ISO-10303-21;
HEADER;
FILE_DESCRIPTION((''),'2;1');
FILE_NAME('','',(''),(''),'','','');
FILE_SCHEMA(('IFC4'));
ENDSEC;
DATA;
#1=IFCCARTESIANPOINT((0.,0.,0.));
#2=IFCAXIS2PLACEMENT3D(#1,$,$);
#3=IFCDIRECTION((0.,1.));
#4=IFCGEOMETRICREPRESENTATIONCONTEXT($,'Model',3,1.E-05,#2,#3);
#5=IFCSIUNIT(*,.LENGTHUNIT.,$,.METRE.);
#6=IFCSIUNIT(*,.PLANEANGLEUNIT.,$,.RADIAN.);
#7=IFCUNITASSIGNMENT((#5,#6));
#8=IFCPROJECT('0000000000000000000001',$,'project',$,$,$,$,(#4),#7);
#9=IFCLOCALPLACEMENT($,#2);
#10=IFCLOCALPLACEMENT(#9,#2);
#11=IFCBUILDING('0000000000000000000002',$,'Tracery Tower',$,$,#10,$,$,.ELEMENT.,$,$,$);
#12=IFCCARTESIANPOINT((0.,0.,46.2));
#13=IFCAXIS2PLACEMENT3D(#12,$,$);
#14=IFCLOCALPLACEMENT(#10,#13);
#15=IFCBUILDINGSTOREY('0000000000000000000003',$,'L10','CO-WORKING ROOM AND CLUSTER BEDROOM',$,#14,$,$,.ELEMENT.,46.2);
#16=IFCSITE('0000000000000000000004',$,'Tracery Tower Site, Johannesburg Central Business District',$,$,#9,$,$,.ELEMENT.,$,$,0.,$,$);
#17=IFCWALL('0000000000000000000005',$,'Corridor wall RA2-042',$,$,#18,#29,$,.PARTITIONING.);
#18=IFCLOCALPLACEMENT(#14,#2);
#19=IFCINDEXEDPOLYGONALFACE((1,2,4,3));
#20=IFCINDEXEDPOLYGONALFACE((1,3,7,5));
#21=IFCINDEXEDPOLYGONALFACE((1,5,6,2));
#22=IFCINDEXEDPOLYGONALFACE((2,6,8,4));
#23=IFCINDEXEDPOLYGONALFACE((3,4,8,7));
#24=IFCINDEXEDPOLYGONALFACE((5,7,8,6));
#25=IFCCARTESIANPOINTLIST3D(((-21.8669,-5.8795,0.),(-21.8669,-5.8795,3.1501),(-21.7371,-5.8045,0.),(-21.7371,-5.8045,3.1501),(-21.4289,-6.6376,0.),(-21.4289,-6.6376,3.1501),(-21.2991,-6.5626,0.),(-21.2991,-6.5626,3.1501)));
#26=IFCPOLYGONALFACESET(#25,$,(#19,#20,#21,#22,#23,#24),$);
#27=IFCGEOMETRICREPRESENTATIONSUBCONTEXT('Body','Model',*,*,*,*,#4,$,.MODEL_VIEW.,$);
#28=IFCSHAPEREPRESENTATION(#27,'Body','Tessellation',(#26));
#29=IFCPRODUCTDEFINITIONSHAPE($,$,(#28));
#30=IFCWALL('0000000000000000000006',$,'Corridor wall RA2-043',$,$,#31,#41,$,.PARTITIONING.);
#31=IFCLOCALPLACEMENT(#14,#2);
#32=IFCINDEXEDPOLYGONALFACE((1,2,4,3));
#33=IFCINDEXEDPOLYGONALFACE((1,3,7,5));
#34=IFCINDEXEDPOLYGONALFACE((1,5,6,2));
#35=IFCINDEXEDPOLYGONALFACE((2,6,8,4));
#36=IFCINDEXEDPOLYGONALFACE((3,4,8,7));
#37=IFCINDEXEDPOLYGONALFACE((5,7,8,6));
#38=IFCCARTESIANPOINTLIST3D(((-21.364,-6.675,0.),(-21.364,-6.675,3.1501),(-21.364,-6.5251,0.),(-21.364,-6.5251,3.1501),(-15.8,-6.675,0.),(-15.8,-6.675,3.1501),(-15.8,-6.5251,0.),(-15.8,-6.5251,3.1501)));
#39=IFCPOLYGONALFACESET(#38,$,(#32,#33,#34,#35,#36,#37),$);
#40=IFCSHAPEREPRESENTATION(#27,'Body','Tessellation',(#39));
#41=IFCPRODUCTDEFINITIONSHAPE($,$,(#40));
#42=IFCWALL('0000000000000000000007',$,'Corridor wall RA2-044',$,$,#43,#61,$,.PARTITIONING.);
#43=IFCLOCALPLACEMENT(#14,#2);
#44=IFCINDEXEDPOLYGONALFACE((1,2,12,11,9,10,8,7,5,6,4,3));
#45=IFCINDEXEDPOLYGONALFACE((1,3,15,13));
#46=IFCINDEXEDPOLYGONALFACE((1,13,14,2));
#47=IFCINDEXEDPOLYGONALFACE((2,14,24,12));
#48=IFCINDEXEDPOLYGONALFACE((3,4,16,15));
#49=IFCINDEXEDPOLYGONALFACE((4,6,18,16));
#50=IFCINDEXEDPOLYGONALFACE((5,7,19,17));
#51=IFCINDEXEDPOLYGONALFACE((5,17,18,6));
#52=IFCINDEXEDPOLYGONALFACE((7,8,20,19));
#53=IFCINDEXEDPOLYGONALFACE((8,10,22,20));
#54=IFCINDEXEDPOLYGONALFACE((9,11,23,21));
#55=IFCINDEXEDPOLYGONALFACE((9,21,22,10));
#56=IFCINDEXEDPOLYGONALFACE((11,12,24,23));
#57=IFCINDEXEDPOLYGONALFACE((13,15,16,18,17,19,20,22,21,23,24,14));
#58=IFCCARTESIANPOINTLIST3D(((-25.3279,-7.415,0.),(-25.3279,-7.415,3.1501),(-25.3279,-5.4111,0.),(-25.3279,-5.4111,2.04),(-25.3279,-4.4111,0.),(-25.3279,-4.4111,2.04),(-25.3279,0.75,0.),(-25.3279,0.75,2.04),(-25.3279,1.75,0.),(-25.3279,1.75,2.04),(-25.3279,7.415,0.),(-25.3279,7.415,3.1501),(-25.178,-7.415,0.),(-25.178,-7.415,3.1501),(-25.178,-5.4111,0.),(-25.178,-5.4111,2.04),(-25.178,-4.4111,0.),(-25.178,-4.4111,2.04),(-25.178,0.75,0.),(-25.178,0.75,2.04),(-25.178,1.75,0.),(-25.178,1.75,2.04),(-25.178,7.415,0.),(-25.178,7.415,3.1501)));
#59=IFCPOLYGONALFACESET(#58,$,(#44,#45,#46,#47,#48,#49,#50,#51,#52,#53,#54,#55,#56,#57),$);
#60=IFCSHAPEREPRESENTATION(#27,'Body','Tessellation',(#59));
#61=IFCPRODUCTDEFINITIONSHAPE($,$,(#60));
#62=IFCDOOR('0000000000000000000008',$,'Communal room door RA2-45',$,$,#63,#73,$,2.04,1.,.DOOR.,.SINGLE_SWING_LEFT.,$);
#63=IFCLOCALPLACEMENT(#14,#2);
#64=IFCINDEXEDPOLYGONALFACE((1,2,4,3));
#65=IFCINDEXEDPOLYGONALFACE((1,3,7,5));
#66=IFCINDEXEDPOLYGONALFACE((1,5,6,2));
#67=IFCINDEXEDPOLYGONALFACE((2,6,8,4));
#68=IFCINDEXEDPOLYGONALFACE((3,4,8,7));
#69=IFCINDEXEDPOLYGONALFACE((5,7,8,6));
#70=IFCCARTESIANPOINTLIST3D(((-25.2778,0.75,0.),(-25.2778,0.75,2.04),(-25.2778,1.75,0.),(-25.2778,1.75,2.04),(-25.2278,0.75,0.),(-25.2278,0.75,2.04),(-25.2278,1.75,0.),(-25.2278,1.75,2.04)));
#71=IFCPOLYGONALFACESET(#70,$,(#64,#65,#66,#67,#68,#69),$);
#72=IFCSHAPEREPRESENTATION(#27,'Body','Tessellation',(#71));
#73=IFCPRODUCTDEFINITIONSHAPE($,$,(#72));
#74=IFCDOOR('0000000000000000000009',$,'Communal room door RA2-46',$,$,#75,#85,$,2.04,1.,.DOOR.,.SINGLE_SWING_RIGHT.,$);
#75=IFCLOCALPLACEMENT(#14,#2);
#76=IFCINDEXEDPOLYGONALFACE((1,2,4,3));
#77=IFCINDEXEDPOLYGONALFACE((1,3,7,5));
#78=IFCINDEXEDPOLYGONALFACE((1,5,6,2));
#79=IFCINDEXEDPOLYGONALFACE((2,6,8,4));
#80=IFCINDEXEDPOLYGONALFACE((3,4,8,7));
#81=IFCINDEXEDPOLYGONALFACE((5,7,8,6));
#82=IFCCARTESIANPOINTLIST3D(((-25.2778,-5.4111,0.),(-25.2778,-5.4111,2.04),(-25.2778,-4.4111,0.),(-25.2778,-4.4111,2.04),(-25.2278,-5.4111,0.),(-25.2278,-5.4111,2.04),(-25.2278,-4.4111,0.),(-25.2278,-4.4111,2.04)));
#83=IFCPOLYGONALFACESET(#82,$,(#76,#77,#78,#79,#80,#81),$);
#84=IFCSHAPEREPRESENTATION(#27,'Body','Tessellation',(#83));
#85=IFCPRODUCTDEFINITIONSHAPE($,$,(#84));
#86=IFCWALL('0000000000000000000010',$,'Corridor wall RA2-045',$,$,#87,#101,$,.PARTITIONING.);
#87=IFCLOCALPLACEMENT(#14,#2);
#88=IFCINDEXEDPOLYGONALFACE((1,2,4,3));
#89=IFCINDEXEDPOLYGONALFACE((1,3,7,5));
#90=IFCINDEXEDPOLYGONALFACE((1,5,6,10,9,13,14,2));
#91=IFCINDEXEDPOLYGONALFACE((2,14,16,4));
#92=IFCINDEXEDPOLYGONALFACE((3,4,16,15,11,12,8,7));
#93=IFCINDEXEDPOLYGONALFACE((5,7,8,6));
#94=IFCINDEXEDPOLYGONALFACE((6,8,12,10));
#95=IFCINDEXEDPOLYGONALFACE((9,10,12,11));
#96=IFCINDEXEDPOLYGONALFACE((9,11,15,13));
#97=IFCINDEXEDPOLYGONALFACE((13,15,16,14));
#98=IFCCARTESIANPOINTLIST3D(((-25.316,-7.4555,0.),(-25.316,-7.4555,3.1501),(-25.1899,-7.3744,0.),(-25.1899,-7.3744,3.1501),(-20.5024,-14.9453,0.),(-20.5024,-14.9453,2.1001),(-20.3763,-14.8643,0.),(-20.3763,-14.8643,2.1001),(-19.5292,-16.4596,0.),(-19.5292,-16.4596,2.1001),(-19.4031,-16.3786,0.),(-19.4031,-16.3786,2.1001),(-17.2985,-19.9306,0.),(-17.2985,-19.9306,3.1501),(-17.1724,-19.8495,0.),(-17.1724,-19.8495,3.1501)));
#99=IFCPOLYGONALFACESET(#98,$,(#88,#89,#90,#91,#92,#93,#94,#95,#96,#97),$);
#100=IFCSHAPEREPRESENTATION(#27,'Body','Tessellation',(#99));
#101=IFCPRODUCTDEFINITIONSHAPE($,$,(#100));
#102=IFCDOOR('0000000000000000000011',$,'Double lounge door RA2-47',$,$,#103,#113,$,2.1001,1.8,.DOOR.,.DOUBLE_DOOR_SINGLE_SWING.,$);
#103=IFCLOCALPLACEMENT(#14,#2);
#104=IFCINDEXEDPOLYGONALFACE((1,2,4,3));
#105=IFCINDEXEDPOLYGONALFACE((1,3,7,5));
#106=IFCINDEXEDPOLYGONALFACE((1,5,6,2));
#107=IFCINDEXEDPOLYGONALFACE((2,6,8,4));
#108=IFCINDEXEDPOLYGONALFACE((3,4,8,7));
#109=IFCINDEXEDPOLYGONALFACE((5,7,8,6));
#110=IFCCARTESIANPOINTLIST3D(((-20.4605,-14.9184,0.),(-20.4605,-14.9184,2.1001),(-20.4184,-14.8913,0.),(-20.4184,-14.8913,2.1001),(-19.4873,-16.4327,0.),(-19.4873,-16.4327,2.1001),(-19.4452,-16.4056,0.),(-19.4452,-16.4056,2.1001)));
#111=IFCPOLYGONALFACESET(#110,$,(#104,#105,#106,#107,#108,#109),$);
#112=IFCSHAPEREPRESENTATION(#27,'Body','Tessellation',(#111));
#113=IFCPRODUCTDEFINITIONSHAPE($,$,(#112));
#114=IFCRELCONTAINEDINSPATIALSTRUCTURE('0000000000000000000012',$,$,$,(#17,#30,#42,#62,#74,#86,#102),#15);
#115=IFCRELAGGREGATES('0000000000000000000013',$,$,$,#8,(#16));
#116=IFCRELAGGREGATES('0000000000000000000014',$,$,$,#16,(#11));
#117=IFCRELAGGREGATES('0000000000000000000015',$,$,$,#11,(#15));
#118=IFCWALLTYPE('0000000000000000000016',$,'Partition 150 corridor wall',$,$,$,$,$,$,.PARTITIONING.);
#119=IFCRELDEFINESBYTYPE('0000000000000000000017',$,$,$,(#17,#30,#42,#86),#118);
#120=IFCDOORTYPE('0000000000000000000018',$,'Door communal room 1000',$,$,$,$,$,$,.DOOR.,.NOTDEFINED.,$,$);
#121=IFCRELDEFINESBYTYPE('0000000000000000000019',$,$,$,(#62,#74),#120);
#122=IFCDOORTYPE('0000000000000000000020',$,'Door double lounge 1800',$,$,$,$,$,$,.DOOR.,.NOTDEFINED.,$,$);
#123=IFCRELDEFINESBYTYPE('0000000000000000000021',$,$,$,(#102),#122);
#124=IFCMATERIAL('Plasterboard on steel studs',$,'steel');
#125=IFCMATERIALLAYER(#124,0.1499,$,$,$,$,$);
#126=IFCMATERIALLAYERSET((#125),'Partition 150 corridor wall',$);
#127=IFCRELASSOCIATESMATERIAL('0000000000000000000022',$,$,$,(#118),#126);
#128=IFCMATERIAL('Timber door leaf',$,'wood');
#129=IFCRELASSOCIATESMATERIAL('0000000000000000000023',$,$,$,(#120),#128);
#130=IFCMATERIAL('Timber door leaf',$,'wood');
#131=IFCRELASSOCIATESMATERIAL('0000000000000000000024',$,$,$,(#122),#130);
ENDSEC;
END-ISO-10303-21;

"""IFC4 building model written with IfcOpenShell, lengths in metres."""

from ifc_helpers import new_model, si_unit, direction, frame, frame_2d, origin, place, context, subcontext, project, spatial, rectangle, extrude, material, layer, layer_set, type_object, element, fill, save


model = new_model("IFC4")

# Units and contexts
model_context = context("Model", 3, precision=1e-05, world=origin(), true_north=direction((0.0, 1.0)))
body_context = subcontext(model_context, "Body", "Model", "MODEL_VIEW")
ifc_project = project(units=[si_unit("LENGTHUNIT", "METRE"), si_unit("PLANEANGLEUNIT", "RADIAN")], contexts=[model_context])

# Site, building, storey
site_placement = place(None, origin())
site = spatial("IfcSite", under=ifc_project, at=site_placement, Name="Tracery Tower Site, Johannesburg Central Business District", CompositionType="ELEMENT", RefElevation=0.0)
building_placement = place(site_placement, origin())
building = spatial("IfcBuilding", under=site, at=building_placement, Name="Tracery Tower", CompositionType="ELEMENT")
storey_placement = place(building_placement, frame((0.0, 0.0, 46.2)))
storey = spatial("IfcBuildingStorey", under=building, at=storey_placement, Name="L10", Description="CO-WORKING ROOM AND CLUSTER BEDROOM", CompositionType="ELEMENT", Elevation=46.2)

# Shared definitions
ifc_material_1 = material(Name="Plasterboard on steel studs", Category="steel")
ifc_layer_1 = layer(ifc_material_1, 0.1499)
ifc_layer_set_1 = layer_set([ifc_layer_1], Name="Partition 150 corridor wall")
wall_type_1 = type_object("IfcWallType", Name="Partition 150 corridor wall", PredefinedType="PARTITIONING", material=ifc_layer_set_1)

# Walls
wall_1_placement = place(storey_placement, frame((-21.802, -5.842, 0.0), z_axis=(0.0, 0.0, 1.0), x_axis=(0.500278, -0.865865, 0.0)))
element("IfcWall", 1, at=wall_1_placement, inside=storey, type_object=wall_type_1, Name="Corridor wall RA2-042", PredefinedType="PARTITIONING", context=body_context, shape_type="SweptSolid", body=[
    extrude(rectangle(XDim=0.8755, YDim=0.1499, at=frame_2d((0.4377, 0.0))), origin(), (0.0, 0.0, 1.0), 3.1501),
])
wall_2_placement = place(storey_placement, frame((-21.364, -6.6001, 0.0), z_axis=(0.0, 0.0, 1.0), x_axis=(1.0, 0.0, 0.0)))
element("IfcWall", 2, at=wall_2_placement, inside=storey, type_object=wall_type_1, Name="Corridor wall RA2-043", PredefinedType="PARTITIONING", context=body_context, shape_type="SweptSolid", body=[
    extrude(rectangle(XDim=5.564, YDim=0.1499, at=frame_2d((2.782, 0.0))), origin(), (0.0, 0.0, 1.0), 3.1501),
])

# Wall, openings, doors
wall_3_placement = place(storey_placement, frame((-25.2529, -7.415, 0.0), z_axis=(0.0, 0.0, 1.0), x_axis=(0.0, 1.0, 0.0)))
wall_3 = element("IfcWall", 3, at=wall_3_placement, inside=storey, type_object=wall_type_1, Name="Corridor wall RA2-044", PredefinedType="PARTITIONING", context=body_context, shape_type="SweptSolid", body=[
    extrude(rectangle(XDim=14.8301, YDim=0.1499, at=frame_2d((7.415, 0.0))), origin(), (0.0, 0.0, 1.0), 3.1501),
])
opening_1_placement = place(wall_3_placement, frame((8.165, 0.0, 0.0)))
opening_1 = element("IfcOpeningElement", 4, at=opening_1_placement, cuts=wall_3, PredefinedType="OPENING", context=body_context, shape_type="SweptSolid", body=[
    extrude(rectangle(XDim=1.0, YDim=2.04, at=frame_2d((0.5, 1.02))), frame((0.0, 0.075, 0.0), z_axis=(0.0, -1.0, 0.0), x_axis=(1.0, 0.0, 0.0)), (0.0, 0.0, 1.0), 0.1499),
])
opening_2_placement = place(wall_3_placement, frame((2.0039, 0.0, 0.0)))
opening_2 = element("IfcOpeningElement", 5, at=opening_2_placement, cuts=wall_3, PredefinedType="OPENING", context=body_context, shape_type="SweptSolid", body=[
    extrude(rectangle(XDim=1.0, YDim=2.04, at=frame_2d((0.5, 1.02))), frame((0.0, 0.075, 0.0), z_axis=(0.0, -1.0, 0.0), x_axis=(1.0, 0.0, 0.0)), (0.0, 0.0, 1.0), 0.1499),
])
ifc_material_2 = material(Name="Timber door leaf", Category="wood")
door_type_1 = type_object("IfcDoorType", Name="Door communal room 1000", OperationType="NOTDEFINED", PredefinedType="DOOR", material=ifc_material_2)
door_1_placement = place(opening_1_placement, origin())
door_1 = element("IfcDoor", 6, at=door_1_placement, inside=storey, type_object=door_type_1, Name="Communal room door RA2-45", OperationType="SINGLE_SWING_LEFT", OverallHeight=2.04, OverallWidth=1.0, PredefinedType="DOOR", context=body_context, shape_type="SweptSolid", body=[
    extrude(rectangle(XDim=1.0, YDim=2.04, at=frame_2d((0.5, 1.02))), frame((0.0, 0.0249, 0.0), z_axis=(0.0, -1.0, 0.0), x_axis=(1.0, 0.0, 0.0)), (0.0, 0.0, 1.0), 0.05),
])
fill(opening_1, door_1)
door_2_placement = place(opening_2_placement, origin())
door_2 = element("IfcDoor", 7, at=door_2_placement, inside=storey, type_object=door_type_1, Name="Communal room door RA2-46", OperationType="SINGLE_SWING_RIGHT", OverallHeight=2.04, OverallWidth=1.0, PredefinedType="DOOR", context=body_context, shape_type="SweptSolid", body=[
    extrude(rectangle(XDim=1.0, YDim=2.04, at=frame_2d((0.5, 1.02))), frame((0.0, 0.0249, 0.0), z_axis=(0.0, -1.0, 0.0), x_axis=(1.0, 0.0, 0.0)), (0.0, 0.0, 1.0), 0.05),
])
fill(opening_2, door_2)

# Wall, opening, door
wall_4_placement = place(storey_placement, frame((-25.2529, -7.415, 0.0), z_axis=(0.0, 0.0, 1.0), x_axis=(0.540656, -0.841244, 0.0)))
wall_4 = element("IfcWall", 8, at=wall_4_placement, inside=storey, type_object=wall_type_1, Name="Corridor wall RA2-045", PredefinedType="PARTITIONING", context=body_context, shape_type="SweptSolid", body=[
    extrude(rectangle(XDim=14.8293, YDim=0.1499, at=frame_2d((7.4146, 0.0))), origin(), (0.0, 0.0, 1.0), 3.1501),
])
opening_3_placement = place(wall_4_placement, frame((8.9033, 0.0, 0.0)))
opening_3 = element("IfcOpeningElement", 9, at=opening_3_placement, cuts=wall_4, PredefinedType="OPENING", context=body_context, shape_type="SweptSolid", body=[
    extrude(rectangle(XDim=1.8, YDim=2.1001, at=frame_2d((0.8999, 1.05))), frame((0.0, 0.075, 0.0), z_axis=(0.0, -1.0, 0.0), x_axis=(1.0, 0.0, 0.0)), (0.0, 0.0, 1.0), 0.1499),
])
ifc_material_3 = material(Name="Timber door leaf", Category="wood")
door_type_2 = type_object("IfcDoorType", Name="Door double lounge 1800", OperationType="NOTDEFINED", PredefinedType="DOOR", material=ifc_material_3)
door_3_placement = place(opening_3_placement, origin())
door_3 = element("IfcDoor", 10, at=door_3_placement, inside=storey, type_object=door_type_2, Name="Double lounge door RA2-47", OperationType="DOUBLE_DOOR_SINGLE_SWING", OverallHeight=2.1001, OverallWidth=1.8, PredefinedType="DOOR", context=body_context, shape_type="SweptSolid", body=[
    extrude(rectangle(XDim=1.8, YDim=2.1001, at=frame_2d((0.8999, 1.05))), frame((0.0, 0.0249, 0.0), z_axis=(0.0, -1.0, 0.0), x_axis=(1.0, 0.0, 0.0)), (0.0, 0.0, 1.0), 0.05),
])
fill(opening_3, door_3)

save(model, "model.ifc")
